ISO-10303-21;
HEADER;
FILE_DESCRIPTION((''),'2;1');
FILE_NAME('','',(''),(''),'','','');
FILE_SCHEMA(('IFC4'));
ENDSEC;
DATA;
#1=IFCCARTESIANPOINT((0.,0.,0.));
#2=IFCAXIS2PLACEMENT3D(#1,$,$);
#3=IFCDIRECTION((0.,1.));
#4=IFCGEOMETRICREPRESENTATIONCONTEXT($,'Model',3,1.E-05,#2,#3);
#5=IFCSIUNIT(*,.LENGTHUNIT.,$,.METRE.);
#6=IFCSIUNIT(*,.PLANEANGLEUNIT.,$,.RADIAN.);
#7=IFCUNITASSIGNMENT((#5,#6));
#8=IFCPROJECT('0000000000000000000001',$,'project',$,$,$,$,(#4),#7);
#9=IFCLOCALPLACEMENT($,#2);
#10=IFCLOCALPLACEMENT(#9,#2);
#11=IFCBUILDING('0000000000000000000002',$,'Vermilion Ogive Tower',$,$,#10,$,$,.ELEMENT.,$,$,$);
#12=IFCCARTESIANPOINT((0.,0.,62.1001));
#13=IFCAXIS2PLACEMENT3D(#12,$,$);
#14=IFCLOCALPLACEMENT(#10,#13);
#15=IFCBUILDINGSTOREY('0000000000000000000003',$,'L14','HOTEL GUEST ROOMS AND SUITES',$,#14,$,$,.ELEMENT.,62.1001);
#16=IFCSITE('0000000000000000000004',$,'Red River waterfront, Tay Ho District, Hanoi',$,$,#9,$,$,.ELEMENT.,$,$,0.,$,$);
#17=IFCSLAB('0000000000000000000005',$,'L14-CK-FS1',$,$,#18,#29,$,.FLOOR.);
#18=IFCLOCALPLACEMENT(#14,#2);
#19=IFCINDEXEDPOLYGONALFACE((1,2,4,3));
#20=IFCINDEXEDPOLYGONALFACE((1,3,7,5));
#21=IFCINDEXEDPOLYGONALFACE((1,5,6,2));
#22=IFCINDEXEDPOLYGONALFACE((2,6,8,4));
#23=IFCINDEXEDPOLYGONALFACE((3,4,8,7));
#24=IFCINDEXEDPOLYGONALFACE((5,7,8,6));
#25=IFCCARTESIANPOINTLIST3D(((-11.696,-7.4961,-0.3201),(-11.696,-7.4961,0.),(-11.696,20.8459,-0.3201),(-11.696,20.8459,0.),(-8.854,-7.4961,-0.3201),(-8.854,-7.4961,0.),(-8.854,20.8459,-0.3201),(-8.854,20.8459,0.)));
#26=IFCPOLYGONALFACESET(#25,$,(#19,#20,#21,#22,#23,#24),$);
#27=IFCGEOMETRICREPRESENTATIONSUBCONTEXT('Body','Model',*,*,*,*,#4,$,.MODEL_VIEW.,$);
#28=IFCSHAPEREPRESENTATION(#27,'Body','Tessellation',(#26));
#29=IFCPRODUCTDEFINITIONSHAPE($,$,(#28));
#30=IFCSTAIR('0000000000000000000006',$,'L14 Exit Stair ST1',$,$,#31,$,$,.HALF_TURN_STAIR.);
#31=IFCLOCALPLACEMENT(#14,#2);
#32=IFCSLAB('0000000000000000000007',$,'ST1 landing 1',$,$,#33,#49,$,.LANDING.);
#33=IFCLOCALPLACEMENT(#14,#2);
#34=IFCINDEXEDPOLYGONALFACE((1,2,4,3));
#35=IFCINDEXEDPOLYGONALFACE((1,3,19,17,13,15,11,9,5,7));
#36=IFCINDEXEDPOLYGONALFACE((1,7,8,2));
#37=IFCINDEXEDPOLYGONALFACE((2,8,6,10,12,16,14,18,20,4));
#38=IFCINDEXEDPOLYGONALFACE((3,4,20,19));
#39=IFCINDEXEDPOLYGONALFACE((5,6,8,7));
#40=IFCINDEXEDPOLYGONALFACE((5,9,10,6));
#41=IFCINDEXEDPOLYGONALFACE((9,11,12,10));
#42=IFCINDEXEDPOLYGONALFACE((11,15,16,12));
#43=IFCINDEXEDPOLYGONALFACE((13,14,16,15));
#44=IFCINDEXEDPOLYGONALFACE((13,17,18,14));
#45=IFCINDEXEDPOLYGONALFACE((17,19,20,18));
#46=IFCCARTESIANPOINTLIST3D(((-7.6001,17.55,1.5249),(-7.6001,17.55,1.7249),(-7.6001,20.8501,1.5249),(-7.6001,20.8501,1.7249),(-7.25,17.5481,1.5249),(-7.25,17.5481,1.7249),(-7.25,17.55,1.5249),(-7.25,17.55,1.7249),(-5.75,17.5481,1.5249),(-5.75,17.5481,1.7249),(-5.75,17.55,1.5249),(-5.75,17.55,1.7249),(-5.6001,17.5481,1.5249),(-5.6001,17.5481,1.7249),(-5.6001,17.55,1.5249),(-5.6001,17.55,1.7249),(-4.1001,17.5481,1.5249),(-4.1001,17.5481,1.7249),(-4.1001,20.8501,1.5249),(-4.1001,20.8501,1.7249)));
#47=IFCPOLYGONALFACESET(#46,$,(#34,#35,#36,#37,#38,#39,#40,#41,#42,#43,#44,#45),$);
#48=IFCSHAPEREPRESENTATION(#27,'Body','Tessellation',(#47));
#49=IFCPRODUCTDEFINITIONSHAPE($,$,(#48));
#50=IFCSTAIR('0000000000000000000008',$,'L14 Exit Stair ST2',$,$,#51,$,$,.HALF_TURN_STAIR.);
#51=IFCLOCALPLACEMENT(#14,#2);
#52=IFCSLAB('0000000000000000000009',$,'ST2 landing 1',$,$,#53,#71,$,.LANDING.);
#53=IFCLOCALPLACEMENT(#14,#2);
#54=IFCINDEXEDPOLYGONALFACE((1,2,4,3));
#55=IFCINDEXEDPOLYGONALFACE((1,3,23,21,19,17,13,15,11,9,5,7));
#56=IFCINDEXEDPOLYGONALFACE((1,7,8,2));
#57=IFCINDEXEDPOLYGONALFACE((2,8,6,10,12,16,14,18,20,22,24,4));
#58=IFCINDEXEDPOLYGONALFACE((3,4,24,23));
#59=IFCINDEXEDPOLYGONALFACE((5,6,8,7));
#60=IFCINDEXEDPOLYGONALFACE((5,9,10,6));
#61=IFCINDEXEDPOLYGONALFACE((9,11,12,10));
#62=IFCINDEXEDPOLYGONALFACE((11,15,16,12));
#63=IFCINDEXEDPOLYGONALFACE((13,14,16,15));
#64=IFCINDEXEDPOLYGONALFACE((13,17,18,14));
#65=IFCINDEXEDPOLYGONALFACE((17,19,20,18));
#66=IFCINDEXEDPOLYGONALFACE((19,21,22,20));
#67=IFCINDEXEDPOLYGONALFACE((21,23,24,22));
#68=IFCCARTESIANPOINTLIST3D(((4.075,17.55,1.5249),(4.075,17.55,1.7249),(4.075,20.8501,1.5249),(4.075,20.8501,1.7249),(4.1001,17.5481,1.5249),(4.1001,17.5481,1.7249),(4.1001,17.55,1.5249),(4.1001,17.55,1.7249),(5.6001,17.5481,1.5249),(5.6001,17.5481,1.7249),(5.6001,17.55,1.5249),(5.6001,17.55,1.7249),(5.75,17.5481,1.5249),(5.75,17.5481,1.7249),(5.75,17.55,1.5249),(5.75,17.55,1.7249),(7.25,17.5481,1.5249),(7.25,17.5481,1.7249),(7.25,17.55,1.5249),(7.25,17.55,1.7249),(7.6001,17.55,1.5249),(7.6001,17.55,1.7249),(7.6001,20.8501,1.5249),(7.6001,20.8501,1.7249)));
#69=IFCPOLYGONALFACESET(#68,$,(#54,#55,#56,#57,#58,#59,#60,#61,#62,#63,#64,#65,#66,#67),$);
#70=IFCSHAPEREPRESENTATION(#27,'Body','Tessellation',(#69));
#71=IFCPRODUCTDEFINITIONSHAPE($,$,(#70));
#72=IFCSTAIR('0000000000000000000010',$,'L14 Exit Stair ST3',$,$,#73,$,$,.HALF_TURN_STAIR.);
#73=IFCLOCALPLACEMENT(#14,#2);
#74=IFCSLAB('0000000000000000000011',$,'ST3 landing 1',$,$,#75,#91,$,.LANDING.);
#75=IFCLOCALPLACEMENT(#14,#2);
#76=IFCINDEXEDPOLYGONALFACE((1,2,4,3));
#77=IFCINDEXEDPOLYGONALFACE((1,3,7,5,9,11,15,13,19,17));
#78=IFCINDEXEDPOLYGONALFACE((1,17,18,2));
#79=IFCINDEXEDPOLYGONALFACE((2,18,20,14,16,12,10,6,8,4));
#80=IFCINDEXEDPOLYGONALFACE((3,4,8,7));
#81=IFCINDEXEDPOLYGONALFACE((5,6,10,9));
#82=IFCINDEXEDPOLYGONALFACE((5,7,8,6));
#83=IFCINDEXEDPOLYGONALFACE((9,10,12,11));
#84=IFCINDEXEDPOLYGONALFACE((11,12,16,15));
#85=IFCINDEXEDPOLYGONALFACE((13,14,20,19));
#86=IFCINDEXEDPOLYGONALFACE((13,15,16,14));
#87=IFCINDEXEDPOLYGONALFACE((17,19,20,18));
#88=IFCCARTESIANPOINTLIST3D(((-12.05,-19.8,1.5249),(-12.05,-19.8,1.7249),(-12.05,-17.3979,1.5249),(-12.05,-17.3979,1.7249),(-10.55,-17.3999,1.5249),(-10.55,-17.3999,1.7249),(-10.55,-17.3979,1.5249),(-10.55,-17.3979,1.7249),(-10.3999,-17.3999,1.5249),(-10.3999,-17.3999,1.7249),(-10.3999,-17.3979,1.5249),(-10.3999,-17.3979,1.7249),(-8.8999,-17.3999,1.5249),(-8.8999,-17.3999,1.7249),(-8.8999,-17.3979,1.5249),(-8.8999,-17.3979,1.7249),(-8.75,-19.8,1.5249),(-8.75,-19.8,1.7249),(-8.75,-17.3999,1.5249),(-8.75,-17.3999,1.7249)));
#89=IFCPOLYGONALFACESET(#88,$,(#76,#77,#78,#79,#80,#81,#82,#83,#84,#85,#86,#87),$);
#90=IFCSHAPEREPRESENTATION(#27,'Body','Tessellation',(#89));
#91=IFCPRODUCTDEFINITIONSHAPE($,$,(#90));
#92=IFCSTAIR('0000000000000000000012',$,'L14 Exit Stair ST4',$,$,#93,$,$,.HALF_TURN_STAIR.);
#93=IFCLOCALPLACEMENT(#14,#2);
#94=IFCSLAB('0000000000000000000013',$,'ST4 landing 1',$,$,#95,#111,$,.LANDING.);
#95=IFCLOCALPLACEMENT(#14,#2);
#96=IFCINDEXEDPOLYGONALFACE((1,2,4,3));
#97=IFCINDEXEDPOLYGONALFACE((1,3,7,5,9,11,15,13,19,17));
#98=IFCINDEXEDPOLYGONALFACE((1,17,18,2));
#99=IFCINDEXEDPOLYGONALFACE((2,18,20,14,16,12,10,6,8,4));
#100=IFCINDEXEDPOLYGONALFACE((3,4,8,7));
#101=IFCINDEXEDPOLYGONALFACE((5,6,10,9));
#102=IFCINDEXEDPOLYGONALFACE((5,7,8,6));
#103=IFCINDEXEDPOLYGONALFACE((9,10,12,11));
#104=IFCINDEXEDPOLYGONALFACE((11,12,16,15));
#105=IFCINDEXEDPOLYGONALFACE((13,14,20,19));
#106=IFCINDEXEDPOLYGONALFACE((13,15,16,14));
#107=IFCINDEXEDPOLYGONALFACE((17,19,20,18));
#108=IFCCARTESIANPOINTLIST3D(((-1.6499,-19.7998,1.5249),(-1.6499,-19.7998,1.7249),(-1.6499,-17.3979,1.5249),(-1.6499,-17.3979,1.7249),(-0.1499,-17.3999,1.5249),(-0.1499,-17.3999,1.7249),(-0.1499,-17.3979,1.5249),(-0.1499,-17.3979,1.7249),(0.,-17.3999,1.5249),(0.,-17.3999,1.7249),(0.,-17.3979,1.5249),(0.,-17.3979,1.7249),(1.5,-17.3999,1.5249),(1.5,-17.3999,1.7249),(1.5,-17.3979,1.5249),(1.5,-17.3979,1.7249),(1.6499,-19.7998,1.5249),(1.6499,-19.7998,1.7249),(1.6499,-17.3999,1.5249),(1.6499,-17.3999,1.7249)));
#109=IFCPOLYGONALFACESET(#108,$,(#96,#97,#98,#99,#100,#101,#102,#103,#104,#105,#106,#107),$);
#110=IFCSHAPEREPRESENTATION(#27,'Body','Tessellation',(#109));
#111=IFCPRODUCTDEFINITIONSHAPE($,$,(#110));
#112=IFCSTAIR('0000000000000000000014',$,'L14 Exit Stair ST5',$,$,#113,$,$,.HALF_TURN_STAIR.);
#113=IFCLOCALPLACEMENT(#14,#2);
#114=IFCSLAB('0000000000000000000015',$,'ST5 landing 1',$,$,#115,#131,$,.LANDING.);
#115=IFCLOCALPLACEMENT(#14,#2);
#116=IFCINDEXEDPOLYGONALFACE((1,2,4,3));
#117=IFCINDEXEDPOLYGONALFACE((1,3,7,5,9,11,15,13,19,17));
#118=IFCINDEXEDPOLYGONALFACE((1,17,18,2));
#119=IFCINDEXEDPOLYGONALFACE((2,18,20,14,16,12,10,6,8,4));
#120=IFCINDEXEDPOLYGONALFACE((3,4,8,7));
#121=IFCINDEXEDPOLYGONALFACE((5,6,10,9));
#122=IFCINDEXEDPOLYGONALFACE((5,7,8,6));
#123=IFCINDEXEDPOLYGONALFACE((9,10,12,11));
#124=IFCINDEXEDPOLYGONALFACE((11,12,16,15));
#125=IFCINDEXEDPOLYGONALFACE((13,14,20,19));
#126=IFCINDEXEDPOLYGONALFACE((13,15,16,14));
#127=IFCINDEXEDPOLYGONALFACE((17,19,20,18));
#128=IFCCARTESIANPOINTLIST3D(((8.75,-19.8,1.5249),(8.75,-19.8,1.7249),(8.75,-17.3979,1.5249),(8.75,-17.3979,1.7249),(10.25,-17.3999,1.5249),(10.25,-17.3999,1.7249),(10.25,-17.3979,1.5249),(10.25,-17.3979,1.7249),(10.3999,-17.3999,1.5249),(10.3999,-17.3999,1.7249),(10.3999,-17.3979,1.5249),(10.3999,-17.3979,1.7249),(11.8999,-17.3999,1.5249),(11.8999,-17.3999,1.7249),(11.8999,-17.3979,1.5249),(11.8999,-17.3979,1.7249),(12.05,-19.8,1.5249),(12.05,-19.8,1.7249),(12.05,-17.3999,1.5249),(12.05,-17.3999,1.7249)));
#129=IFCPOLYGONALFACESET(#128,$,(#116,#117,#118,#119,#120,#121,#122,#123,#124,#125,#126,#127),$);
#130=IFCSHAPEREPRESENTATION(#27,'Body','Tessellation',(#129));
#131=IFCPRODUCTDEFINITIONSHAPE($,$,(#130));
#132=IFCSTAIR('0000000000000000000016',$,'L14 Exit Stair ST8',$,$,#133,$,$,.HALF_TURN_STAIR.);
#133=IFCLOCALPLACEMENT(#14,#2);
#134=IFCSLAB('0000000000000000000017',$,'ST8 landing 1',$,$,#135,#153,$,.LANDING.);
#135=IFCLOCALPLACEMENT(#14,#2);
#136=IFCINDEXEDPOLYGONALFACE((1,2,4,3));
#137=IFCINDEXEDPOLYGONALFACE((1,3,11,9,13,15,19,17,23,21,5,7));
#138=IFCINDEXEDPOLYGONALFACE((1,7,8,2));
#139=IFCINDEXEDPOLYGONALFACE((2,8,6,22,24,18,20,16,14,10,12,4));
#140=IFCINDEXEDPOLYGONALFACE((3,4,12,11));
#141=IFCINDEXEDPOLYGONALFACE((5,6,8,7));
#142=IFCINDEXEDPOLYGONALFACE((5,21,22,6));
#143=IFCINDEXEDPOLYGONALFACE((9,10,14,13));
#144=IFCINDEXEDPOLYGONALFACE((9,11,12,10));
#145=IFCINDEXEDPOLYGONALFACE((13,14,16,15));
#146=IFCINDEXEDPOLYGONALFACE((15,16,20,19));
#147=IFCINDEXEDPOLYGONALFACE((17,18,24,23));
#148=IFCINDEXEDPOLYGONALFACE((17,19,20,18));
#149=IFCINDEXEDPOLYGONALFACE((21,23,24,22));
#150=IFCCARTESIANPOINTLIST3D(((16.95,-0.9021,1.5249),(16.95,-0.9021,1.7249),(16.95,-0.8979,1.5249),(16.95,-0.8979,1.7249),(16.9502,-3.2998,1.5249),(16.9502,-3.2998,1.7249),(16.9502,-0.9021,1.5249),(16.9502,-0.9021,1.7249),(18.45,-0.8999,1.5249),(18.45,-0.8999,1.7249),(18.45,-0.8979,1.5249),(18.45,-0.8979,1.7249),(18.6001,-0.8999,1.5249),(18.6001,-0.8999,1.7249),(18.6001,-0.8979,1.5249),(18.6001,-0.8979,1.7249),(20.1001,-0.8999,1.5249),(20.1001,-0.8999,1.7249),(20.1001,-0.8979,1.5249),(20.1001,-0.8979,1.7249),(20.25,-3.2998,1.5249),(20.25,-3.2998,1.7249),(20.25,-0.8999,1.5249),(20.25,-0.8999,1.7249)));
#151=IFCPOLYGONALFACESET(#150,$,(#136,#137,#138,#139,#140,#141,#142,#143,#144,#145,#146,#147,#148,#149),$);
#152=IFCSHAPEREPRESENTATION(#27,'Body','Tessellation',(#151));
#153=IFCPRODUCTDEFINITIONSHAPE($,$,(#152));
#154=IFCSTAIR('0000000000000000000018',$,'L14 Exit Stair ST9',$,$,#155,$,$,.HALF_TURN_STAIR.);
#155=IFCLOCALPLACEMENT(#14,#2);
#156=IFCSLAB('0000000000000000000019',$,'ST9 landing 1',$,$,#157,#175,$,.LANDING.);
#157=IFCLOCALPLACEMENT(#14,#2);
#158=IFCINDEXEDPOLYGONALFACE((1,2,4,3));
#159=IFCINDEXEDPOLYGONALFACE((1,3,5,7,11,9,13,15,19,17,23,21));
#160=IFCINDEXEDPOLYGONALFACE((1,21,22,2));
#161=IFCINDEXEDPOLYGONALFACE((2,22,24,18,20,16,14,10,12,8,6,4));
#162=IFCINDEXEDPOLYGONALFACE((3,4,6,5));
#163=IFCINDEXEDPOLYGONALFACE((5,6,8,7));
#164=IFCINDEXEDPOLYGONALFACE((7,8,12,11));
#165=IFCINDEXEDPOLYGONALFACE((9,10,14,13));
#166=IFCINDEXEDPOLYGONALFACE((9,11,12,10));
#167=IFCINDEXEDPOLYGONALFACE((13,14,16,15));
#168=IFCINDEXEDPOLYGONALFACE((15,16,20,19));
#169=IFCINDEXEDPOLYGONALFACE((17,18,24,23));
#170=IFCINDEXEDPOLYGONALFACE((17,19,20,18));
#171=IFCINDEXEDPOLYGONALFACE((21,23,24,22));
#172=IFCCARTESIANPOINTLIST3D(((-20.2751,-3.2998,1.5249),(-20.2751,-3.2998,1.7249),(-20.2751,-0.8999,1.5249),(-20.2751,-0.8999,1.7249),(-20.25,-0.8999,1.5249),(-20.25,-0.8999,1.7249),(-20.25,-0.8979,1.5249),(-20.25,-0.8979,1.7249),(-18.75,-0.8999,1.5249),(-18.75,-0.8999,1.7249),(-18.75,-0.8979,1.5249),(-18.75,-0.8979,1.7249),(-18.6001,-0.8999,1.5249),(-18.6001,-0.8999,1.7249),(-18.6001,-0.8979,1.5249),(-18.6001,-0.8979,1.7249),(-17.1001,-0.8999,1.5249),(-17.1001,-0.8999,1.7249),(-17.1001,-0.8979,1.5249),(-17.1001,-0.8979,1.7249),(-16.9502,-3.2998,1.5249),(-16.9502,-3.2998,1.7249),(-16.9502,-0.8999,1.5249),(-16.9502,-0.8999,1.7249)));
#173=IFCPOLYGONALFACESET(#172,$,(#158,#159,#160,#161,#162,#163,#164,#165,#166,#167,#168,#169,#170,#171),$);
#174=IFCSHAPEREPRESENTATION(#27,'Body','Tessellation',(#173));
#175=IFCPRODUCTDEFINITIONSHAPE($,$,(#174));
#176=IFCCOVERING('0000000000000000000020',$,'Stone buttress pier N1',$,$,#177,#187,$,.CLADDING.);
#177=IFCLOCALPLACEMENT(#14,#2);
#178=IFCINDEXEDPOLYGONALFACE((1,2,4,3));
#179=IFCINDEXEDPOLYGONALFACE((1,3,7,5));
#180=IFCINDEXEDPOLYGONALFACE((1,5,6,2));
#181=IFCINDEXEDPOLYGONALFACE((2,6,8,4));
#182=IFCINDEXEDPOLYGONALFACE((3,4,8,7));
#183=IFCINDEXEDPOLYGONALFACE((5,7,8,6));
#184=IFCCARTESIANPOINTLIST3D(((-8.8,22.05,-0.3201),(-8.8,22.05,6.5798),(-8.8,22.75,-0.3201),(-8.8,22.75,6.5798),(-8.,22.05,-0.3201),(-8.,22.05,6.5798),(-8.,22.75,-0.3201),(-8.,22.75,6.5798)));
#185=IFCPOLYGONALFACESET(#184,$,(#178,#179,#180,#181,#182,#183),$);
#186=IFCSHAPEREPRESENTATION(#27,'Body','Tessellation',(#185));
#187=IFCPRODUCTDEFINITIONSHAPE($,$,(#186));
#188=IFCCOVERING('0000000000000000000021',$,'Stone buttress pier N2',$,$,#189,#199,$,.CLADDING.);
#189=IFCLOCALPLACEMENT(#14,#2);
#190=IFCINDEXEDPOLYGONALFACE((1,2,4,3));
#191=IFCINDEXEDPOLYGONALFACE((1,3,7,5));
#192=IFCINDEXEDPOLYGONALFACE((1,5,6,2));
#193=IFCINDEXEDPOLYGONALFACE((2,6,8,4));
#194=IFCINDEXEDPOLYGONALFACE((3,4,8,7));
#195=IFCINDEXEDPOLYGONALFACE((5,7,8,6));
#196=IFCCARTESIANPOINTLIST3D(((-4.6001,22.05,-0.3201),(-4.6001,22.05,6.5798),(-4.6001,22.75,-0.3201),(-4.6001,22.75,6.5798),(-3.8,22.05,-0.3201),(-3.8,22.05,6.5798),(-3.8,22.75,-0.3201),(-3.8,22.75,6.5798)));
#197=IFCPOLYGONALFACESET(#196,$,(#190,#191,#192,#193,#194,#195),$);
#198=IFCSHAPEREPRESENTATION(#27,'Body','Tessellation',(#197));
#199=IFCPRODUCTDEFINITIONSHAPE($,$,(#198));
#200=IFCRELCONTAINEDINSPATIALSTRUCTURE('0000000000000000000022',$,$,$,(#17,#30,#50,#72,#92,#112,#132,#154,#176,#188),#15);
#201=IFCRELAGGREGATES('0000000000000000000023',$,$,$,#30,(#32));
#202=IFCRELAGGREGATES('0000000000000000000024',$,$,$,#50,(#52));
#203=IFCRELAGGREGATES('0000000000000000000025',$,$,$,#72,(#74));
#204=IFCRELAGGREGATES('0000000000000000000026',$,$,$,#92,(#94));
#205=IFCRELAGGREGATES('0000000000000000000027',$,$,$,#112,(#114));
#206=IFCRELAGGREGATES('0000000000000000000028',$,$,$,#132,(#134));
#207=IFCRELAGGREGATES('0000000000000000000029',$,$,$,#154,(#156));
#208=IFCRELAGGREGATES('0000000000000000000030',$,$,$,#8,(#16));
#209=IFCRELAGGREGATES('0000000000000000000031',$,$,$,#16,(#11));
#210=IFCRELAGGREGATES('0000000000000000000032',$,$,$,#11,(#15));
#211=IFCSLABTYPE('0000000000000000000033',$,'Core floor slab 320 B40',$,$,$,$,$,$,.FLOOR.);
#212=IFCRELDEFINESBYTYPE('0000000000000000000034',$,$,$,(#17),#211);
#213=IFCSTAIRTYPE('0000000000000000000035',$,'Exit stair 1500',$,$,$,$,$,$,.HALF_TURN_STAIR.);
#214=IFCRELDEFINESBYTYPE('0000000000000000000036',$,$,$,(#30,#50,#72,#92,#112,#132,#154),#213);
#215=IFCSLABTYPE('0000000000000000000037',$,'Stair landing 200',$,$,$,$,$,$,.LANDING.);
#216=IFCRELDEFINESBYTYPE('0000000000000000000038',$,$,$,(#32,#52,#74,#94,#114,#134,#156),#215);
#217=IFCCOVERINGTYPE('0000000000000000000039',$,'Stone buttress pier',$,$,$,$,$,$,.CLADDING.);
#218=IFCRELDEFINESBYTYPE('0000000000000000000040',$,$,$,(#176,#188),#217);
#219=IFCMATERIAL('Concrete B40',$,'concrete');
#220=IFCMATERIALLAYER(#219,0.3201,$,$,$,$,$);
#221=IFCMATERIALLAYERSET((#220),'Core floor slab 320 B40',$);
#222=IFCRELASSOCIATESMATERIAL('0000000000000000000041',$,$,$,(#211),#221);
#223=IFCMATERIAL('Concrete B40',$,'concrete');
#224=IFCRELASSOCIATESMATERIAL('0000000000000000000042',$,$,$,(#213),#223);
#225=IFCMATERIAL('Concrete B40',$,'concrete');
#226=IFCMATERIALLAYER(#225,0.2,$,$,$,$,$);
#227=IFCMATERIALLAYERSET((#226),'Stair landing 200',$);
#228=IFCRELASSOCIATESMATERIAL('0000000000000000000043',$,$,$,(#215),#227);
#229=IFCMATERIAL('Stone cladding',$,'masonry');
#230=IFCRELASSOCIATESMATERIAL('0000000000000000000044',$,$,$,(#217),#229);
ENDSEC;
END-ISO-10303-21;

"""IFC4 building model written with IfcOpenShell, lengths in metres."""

from ifc_helpers import new_model, si_unit, direction, frame, origin, place, context, subcontext, project, spatial, polyline, outline, extrude, material, layer, layer_set, type_object, element, aggregate, save


model = new_model("IFC4")

# Units and contexts
model_context = context("Model", 3, precision=1e-05, world=origin(), true_north=direction((0.0, 1.0)))
body_context = subcontext(model_context, "Body", "Model", "MODEL_VIEW")
ifc_project = project(units=[si_unit("LENGTHUNIT", "METRE"), si_unit("PLANEANGLEUNIT", "RADIAN")], contexts=[model_context])

# Site, building, storey
site_placement = place(None, origin())
site = spatial("IfcSite", under=ifc_project, at=site_placement, Name="Red River waterfront, Tay Ho District, Hanoi", CompositionType="ELEMENT", RefElevation=0.0)
building_placement = place(site_placement, origin())
building = spatial("IfcBuilding", under=site, at=building_placement, Name="Vermilion Ogive Tower", CompositionType="ELEMENT")
storey_placement = place(building_placement, frame((0.0, 0.0, 62.1001)))
storey = spatial("IfcBuildingStorey", under=building, at=storey_placement, Name="L14", Description="HOTEL GUEST ROOMS AND SUITES", CompositionType="ELEMENT", Elevation=62.1001)

# Slab
ifc_material_1 = material(Name="Concrete B40", Category="concrete")
ifc_layer_1 = layer(ifc_material_1, 0.3201)
ifc_layer_set_1 = layer_set([ifc_layer_1], Name="Core floor slab 320 B40")
slab_type_1 = type_object("IfcSlabType", Name="Core floor slab 320 B40", PredefinedType="FLOOR", material=ifc_layer_set_1)
slab_1_placement = place(storey_placement, frame((0.0, 0.0, -0.3201)))
element("IfcSlab", 1, at=slab_1_placement, inside=storey, type_object=slab_type_1, Name="L14-CK-FS1", PredefinedType="FLOOR", context=body_context, shape_type="SweptSolid", body=[
    extrude(outline(polyline([(-8.854, -7.4961), (-11.696, -7.4961), (-11.696, 20.8459), (-8.854, 20.8459), (-8.854, -7.4961)])), origin(), (0.0, 0.0, 1.0), 0.3201),
])

# Stairs, slabs
ifc_material_2 = material(Name="Concrete B40", Category="concrete")
stair_type = type_object("IfcStairType", Name="Exit stair 1500", PredefinedType="HALF_TURN_STAIR", material=ifc_material_2)
stair_1_placement = place(storey_placement, origin())
stair_1 = element("IfcStair", 2, at=stair_1_placement, inside=storey, type_object=stair_type, Name="L14 Exit Stair ST1", PredefinedType="HALF_TURN_STAIR")
ifc_material_3 = material(Name="Concrete B40", Category="concrete")
ifc_layer_2 = layer(ifc_material_3, 0.2)
ifc_layer_set_2 = layer_set([ifc_layer_2], Name="Stair landing 200")
slab_type_2 = type_object("IfcSlabType", Name="Stair landing 200", PredefinedType="LANDING", material=ifc_layer_set_2)
slab_2_placement = place(storey_placement, frame((0.0, 0.0, 1.5249)))
slab_2 = element("IfcSlab", 3, at=slab_2_placement, type_object=slab_type_2, Name="ST1 landing 1", PredefinedType="LANDING", context=body_context, shape_type="SweptSolid", body=[
    extrude(outline(polyline([(-7.6001, 17.55), (-7.25, 17.55), (-7.25, 17.5481), (-5.75, 17.5481), (-5.75, 17.55), (-5.6001, 17.55), (-5.6001, 17.5481), (-4.1001, 17.5481), (-4.1001, 20.8501), (-7.6001, 20.8501), (-7.6001, 17.55)])), origin(), (0.0, 0.0, 1.0), 0.2),
])
aggregate(stair_1, [slab_2])
stair_2_placement = place(storey_placement, origin())
stair_2 = element("IfcStair", 4, at=stair_2_placement, inside=storey, type_object=stair_type, Name="L14 Exit Stair ST2", PredefinedType="HALF_TURN_STAIR")
slab_3_placement = place(storey_placement, frame((0.0, 0.0, 1.5249)))
slab_3 = element("IfcSlab", 5, at=slab_3_placement, type_object=slab_type_2, Name="ST2 landing 1", PredefinedType="LANDING", context=body_context, shape_type="SweptSolid", body=[
    extrude(outline(polyline([(5.6001, 17.55), (5.75, 17.55), (5.75, 17.5481), (7.25, 17.5481), (7.25, 17.55), (7.6001, 17.55), (7.6001, 20.8501), (4.075, 20.8501), (4.075, 17.55), (4.1001, 17.55), (4.1001, 17.5481), (5.6001, 17.5481), (5.6001, 17.55)])), origin(), (0.0, 0.0, 1.0), 0.2),
])
aggregate(stair_2, [slab_3])
stair_3_placement = place(storey_placement, origin())
stair_3 = element("IfcStair", 6, at=stair_3_placement, inside=storey, type_object=stair_type, Name="L14 Exit Stair ST3", PredefinedType="HALF_TURN_STAIR")
slab_4_placement = place(storey_placement, frame((0.0, 0.0, 1.5249)))
slab_4 = element("IfcSlab", 7, at=slab_4_placement, type_object=slab_type_2, Name="ST3 landing 1", PredefinedType="LANDING", context=body_context, shape_type="SweptSolid", body=[
    extrude(outline(polyline([(-8.75, -17.3999), (-8.8999, -17.3999), (-8.8999, -17.3979), (-10.3999, -17.3979), (-10.3999, -17.3999), (-10.55, -17.3999), (-10.55, -17.3979), (-12.05, -17.3979), (-12.05, -19.8), (-8.75, -19.8), (-8.75, -17.3999)])), origin(), (0.0, 0.0, 1.0), 0.2),
])
aggregate(stair_3, [slab_4])
stair_4_placement = place(storey_placement, origin())
stair_4 = element("IfcStair", 8, at=stair_4_placement, inside=storey, type_object=stair_type, Name="L14 Exit Stair ST4", PredefinedType="HALF_TURN_STAIR")
slab_5_placement = place(storey_placement, frame((0.0, 0.0, 1.5249)))
slab_5 = element("IfcSlab", 9, at=slab_5_placement, type_object=slab_type_2, Name="ST4 landing 1", PredefinedType="LANDING", context=body_context, shape_type="SweptSolid", body=[
    extrude(outline(polyline([(1.6499, -17.3999), (1.5, -17.3999), (1.5, -17.3979), (0.0, -17.3979), (0.0, -17.3999), (-0.1499, -17.3999), (-0.1499, -17.3979), (-1.6499, -17.3979), (-1.6499, -19.7998), (1.6499, -19.7998), (1.6499, -17.3999)])), origin(), (0.0, 0.0, 1.0), 0.2),
])
aggregate(stair_4, [slab_5])
stair_5_placement = place(storey_placement, origin())
stair_5 = element("IfcStair", 10, at=stair_5_placement, inside=storey, type_object=stair_type, Name="L14 Exit Stair ST5", PredefinedType="HALF_TURN_STAIR")
slab_6_placement = place(storey_placement, frame((0.0, 0.0, 1.5249)))
slab_6 = element("IfcSlab", 11, at=slab_6_placement, type_object=slab_type_2, Name="ST5 landing 1", PredefinedType="LANDING", context=body_context, shape_type="SweptSolid", body=[
    extrude(outline(polyline([(12.05, -17.3999), (11.8999, -17.3999), (11.8999, -17.3979), (10.3999, -17.3979), (10.3999, -17.3999), (10.25, -17.3999), (10.25, -17.3979), (8.75, -17.3979), (8.75, -19.8), (12.05, -19.8), (12.05, -17.3999)])), origin(), (0.0, 0.0, 1.0), 0.2),
])
aggregate(stair_5, [slab_6])
stair_6_placement = place(storey_placement, origin())
stair_6 = element("IfcStair", 12, at=stair_6_placement, inside=storey, type_object=stair_type, Name="L14 Exit Stair ST8", PredefinedType="HALF_TURN_STAIR")
slab_7_placement = place(storey_placement, frame((0.0, 0.0, 1.5249)))
slab_7 = element("IfcSlab", 13, at=slab_7_placement, type_object=slab_type_2, Name="ST8 landing 1", PredefinedType="LANDING", context=body_context, shape_type="SweptSolid", body=[
    extrude(outline(polyline([(20.25, -0.8999), (20.1001, -0.8999), (20.1001, -0.8979), (18.6001, -0.8979), (18.6001, -0.8999), (18.45, -0.8999), (18.45, -0.8979), (16.95, -0.8979), (16.95, -0.9021), (16.9502, -0.9021), (16.9502, -3.2998), (20.25, -3.2998), (20.25, -0.8999)])), origin(), (0.0, 0.0, 1.0), 0.2),
])
aggregate(stair_6, [slab_7])
stair_7_placement = place(storey_placement, origin())
stair_7 = element("IfcStair", 14, at=stair_7_placement, inside=storey, type_object=stair_type, Name="L14 Exit Stair ST9", PredefinedType="HALF_TURN_STAIR")
slab_8_placement = place(storey_placement, frame((0.0, 0.0, 1.5249)))
slab_8 = element("IfcSlab", 15, at=slab_8_placement, type_object=slab_type_2, Name="ST9 landing 1", PredefinedType="LANDING", context=body_context, shape_type="SweptSolid", body=[
    extrude(outline(polyline([(-16.9502, -0.8999), (-17.1001, -0.8999), (-17.1001, -0.8979), (-18.6001, -0.8979), (-18.6001, -0.8999), (-18.75, -0.8999), (-18.75, -0.8979), (-20.25, -0.8979), (-20.25, -0.8999), (-20.2751, -0.8999), (-20.2751, -3.2998), (-16.9502, -3.2998), (-16.9502, -0.8999)])), origin(), (0.0, 0.0, 1.0), 0.2),
])
aggregate(stair_7, [slab_8])

# Coverings
ifc_material_4 = material(Name="Stone cladding", Category="masonry")
covering_type_1 = type_object("IfcCoveringType", Name="Stone buttress pier", PredefinedType="CLADDING", material=ifc_material_4)
covering_1_placement = place(storey_placement, frame((0.0, 0.0, -0.3201)))
element("IfcCovering", 16, at=covering_1_placement, inside=storey, type_object=covering_type_1, Name="Stone buttress pier N1", PredefinedType="CLADDING", context=body_context, shape_type="SweptSolid", body=[
    extrude(outline(polyline([(-8.0, 22.75), (-8.0, 22.05), (-8.8, 22.05), (-8.8, 22.75), (-8.0, 22.75)])), origin(), (0.0, 0.0, 1.0), 6.8999),
])
covering_2_placement = place(storey_placement, frame((0.0, 0.0, -0.3201)))
element("IfcCovering", 17, at=covering_2_placement, inside=storey, type_object=covering_type_1, Name="Stone buttress pier N2", PredefinedType="CLADDING", context=body_context, shape_type="SweptSolid", body=[
    extrude(outline(polyline([(-3.8, 22.75), (-3.8, 22.05), (-4.6001, 22.05), (-4.6001, 22.75), (-3.8, 22.75)])), origin(), (0.0, 0.0, 1.0), 6.8999),
])

save(model, "model.ifc")
